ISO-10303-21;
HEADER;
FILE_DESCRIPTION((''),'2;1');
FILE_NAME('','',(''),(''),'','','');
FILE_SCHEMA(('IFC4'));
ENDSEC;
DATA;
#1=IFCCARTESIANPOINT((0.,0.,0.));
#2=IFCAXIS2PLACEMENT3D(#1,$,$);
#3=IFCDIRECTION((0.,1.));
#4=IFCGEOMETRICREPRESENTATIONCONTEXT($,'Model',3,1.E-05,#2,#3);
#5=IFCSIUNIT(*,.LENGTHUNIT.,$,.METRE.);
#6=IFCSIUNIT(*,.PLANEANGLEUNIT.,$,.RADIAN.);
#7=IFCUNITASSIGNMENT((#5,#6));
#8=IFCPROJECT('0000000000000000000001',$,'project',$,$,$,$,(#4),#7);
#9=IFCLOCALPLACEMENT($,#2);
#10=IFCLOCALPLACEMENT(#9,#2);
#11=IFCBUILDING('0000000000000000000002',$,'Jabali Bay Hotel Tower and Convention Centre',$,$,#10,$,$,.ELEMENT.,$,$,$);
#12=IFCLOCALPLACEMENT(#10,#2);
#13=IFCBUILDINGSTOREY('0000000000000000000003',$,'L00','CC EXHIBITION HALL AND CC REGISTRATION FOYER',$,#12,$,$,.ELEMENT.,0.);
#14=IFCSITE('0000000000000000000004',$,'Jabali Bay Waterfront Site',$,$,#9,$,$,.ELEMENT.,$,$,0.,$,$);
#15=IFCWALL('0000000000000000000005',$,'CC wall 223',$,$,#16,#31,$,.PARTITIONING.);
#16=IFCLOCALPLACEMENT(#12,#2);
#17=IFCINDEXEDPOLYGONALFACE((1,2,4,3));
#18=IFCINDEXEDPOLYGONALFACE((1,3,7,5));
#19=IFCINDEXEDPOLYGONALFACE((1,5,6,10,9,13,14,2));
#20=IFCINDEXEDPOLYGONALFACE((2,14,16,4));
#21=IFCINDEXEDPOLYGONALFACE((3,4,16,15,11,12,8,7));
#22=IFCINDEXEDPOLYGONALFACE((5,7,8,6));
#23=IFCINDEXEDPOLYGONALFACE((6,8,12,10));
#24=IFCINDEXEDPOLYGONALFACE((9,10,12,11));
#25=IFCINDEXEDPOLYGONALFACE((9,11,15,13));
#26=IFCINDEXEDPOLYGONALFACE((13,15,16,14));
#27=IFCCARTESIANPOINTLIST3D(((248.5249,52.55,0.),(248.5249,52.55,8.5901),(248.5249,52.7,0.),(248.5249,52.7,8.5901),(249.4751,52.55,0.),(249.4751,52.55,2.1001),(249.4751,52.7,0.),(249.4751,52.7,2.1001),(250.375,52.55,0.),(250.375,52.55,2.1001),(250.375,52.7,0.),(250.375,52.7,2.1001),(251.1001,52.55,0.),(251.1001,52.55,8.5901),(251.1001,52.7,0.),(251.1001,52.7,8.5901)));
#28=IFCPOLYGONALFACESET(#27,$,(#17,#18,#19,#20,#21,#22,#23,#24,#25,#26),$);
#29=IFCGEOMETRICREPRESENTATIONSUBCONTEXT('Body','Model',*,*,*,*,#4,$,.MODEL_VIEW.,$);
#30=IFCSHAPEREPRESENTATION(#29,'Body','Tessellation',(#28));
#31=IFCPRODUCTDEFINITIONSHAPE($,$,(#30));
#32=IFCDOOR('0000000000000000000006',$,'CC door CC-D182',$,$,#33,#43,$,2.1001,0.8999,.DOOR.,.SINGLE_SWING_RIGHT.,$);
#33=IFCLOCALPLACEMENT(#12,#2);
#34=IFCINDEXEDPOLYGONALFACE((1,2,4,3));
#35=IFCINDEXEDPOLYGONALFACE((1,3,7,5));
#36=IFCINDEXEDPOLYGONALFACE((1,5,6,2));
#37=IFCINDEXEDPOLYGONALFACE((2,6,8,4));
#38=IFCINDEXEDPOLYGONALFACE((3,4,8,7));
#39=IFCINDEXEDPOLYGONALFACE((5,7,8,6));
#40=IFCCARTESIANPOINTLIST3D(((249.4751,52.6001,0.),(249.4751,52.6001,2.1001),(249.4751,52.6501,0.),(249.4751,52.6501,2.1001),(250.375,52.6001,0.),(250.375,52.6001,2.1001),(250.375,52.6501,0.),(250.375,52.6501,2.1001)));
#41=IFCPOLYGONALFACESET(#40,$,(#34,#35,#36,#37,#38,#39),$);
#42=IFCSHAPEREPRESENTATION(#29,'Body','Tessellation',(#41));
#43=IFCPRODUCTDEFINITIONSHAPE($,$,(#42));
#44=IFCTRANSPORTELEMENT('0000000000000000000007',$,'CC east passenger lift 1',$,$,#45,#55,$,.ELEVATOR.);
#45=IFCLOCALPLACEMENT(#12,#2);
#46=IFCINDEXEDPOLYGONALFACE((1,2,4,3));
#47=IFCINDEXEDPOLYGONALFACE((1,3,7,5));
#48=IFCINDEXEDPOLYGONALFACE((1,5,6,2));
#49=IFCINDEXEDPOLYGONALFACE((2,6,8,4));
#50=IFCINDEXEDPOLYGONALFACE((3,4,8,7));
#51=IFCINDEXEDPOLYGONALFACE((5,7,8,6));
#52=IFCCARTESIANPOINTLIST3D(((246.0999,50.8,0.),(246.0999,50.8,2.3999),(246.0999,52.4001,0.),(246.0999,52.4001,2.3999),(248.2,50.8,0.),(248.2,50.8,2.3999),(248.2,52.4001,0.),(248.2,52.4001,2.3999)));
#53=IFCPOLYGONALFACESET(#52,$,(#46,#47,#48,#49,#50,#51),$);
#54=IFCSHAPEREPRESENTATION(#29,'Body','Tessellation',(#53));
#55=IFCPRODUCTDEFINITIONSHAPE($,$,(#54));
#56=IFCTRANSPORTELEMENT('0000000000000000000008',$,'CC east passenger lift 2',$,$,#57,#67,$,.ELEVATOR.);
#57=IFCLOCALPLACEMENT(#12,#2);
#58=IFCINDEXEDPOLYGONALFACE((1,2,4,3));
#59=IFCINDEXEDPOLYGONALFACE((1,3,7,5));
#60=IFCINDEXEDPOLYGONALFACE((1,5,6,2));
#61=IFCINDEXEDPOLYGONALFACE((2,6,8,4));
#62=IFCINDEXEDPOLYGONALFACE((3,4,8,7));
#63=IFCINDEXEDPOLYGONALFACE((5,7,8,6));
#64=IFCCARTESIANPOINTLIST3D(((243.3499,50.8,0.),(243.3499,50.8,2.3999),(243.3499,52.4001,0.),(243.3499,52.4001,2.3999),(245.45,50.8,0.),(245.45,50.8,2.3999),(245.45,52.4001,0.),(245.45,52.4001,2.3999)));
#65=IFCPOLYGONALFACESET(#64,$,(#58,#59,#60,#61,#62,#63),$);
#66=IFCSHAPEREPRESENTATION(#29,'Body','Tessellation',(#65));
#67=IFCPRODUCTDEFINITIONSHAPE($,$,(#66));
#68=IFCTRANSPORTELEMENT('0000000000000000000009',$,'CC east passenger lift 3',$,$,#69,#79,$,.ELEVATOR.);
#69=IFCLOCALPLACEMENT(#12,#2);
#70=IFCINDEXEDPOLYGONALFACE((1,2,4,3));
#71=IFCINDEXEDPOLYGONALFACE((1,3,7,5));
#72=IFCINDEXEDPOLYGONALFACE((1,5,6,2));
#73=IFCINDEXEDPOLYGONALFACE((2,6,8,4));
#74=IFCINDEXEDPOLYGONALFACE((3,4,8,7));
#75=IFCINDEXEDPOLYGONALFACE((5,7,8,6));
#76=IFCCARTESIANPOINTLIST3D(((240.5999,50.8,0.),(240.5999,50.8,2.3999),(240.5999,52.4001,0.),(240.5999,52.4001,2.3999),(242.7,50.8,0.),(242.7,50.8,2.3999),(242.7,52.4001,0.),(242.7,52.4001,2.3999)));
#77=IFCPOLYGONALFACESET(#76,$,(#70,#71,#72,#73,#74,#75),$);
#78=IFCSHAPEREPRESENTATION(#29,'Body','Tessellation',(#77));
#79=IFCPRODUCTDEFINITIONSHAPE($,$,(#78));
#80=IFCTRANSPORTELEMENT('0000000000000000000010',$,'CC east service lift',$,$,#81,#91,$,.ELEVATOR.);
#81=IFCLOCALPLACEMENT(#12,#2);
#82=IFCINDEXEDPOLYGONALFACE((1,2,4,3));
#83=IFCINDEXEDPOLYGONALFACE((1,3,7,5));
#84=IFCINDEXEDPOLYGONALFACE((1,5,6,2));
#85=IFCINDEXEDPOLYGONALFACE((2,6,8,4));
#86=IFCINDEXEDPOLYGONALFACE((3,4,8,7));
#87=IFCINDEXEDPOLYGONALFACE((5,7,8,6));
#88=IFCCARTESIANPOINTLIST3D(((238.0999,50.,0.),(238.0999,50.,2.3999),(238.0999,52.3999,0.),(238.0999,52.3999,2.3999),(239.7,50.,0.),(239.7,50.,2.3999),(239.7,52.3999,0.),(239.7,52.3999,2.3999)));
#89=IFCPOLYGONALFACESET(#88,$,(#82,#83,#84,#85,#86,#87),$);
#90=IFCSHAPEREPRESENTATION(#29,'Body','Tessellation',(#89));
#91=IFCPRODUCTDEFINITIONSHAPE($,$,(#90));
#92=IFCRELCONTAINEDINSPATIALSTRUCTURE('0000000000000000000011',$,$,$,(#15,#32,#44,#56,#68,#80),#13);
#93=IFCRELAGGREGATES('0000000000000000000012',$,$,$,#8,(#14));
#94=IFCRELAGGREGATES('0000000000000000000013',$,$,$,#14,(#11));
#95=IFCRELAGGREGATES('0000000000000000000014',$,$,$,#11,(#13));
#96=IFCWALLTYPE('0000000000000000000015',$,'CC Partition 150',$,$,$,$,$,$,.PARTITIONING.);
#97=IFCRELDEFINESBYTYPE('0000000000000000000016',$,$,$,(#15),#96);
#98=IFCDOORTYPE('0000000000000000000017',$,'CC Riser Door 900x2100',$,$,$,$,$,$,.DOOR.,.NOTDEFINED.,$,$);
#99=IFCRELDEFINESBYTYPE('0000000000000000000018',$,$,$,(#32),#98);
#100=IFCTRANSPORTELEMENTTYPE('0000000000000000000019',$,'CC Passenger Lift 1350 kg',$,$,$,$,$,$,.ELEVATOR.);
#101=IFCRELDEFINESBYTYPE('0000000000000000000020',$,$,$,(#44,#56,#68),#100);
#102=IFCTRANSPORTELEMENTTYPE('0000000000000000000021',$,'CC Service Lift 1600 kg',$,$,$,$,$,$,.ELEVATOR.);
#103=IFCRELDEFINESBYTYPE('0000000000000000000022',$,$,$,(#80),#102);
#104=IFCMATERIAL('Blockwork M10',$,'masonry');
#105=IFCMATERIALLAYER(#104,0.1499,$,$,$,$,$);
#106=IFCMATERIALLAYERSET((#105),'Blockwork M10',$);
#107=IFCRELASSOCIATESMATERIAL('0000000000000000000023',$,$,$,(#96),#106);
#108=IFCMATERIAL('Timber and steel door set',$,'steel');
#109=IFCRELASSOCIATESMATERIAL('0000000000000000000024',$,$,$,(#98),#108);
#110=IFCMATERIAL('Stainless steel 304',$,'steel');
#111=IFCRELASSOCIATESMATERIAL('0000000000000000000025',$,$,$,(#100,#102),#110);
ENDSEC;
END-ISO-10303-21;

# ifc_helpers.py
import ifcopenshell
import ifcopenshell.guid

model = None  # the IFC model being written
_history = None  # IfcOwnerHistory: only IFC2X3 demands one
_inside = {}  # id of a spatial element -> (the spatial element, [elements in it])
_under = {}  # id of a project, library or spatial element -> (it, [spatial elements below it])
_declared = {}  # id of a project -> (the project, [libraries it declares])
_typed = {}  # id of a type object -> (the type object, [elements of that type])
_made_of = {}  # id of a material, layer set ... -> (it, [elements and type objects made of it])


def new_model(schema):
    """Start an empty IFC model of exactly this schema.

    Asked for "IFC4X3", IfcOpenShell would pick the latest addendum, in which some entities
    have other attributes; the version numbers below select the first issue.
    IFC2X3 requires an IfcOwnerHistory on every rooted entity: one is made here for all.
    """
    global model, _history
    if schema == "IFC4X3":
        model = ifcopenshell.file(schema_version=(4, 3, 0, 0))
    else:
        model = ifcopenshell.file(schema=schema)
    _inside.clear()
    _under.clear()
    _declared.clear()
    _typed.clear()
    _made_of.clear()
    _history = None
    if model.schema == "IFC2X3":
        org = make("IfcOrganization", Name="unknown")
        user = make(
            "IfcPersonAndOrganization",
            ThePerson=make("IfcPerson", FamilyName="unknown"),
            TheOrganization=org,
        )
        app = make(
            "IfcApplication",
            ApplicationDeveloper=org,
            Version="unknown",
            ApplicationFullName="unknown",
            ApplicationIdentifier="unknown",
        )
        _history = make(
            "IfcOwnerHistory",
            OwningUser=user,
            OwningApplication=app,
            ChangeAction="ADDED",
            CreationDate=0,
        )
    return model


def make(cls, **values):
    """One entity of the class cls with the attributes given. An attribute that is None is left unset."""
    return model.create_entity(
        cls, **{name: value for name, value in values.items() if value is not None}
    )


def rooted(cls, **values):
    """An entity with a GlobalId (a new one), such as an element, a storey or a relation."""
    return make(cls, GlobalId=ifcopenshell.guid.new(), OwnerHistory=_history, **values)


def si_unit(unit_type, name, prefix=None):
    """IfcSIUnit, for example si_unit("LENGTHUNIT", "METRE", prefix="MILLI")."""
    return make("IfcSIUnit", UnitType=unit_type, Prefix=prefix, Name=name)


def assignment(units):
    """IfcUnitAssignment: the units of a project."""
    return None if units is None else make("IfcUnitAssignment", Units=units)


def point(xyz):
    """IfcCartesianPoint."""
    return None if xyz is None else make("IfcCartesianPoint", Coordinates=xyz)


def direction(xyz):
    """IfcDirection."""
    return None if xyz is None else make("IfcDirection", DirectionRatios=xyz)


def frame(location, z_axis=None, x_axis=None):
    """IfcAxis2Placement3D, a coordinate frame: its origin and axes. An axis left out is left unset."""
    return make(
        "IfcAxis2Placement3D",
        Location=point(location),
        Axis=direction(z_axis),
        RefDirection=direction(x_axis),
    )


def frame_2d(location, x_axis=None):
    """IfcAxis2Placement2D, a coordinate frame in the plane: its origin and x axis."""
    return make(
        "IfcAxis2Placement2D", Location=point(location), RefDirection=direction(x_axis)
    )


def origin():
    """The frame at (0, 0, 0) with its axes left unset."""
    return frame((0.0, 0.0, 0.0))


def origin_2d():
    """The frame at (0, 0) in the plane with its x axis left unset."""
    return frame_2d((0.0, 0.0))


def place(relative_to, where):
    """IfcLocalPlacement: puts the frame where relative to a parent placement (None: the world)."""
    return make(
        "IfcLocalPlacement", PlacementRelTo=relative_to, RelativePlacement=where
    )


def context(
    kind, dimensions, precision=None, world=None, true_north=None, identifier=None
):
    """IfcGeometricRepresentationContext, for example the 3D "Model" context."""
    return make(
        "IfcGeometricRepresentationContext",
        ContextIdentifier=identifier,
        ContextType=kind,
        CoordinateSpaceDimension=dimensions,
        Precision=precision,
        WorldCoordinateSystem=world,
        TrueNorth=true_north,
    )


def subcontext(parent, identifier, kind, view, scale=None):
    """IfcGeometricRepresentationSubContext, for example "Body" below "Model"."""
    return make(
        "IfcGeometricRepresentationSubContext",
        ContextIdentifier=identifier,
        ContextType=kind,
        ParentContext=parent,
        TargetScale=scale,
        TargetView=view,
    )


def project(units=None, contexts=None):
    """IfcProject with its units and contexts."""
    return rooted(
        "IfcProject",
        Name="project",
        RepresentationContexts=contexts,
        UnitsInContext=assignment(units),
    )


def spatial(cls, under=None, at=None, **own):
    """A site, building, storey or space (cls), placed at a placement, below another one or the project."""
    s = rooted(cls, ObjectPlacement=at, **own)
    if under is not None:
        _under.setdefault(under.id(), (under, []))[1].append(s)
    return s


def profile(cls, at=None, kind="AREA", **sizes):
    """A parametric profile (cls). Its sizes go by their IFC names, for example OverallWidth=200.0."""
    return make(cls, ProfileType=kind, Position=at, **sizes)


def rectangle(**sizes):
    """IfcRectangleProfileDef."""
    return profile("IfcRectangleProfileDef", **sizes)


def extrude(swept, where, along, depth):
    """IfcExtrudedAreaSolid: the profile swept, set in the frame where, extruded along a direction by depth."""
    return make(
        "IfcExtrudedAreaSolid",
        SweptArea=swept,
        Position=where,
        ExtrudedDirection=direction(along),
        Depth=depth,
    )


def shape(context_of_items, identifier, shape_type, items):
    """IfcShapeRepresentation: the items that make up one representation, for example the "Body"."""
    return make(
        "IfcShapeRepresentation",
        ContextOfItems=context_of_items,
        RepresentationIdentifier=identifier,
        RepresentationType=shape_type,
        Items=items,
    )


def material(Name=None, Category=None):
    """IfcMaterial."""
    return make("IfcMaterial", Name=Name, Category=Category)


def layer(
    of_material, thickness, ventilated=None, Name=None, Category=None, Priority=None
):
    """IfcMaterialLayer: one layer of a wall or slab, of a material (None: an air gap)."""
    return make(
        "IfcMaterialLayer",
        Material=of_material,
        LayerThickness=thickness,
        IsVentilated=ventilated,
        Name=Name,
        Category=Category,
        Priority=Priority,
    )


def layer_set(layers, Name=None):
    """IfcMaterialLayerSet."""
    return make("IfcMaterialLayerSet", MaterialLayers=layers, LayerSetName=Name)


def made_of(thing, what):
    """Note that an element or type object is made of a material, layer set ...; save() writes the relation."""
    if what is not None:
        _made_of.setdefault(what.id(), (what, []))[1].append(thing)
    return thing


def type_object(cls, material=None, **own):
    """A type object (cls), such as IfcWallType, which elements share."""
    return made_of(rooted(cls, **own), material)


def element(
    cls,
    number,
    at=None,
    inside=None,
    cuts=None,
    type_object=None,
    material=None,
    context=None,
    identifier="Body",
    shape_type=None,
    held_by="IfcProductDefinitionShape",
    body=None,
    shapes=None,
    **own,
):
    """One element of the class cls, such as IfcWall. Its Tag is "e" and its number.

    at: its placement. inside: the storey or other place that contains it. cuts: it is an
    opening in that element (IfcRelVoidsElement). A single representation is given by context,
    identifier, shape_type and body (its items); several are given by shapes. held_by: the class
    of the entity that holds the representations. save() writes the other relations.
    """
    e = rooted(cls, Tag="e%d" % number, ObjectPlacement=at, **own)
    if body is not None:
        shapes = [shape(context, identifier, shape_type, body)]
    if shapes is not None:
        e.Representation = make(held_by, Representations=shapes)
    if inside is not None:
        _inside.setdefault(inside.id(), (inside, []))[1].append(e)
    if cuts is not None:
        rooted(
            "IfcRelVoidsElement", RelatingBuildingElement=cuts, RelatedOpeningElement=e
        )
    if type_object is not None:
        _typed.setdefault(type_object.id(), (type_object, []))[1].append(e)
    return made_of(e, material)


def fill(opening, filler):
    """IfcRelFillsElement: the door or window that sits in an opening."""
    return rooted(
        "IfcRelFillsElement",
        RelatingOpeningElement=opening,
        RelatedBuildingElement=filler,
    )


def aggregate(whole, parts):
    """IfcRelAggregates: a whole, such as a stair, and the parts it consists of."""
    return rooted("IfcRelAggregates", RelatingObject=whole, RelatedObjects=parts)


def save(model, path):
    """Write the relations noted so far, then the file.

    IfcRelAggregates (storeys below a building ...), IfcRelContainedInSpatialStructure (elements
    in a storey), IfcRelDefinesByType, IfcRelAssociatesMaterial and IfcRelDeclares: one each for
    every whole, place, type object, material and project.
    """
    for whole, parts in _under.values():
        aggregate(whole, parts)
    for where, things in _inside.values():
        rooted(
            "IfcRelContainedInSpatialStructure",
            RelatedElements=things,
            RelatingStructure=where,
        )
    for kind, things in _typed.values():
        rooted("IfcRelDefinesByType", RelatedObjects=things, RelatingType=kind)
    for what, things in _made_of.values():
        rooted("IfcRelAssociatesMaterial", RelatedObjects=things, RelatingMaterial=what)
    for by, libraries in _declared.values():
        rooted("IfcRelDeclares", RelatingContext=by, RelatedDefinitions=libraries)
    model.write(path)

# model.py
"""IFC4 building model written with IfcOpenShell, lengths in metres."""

from ifc_helpers import new_model, si_unit, direction, frame, frame_2d, origin, origin_2d, place, context, subcontext, project, spatial, rectangle, extrude, material, layer, layer_set, type_object, element, fill, save


model = new_model("IFC4")

# Units and contexts
model_context = context("Model", 3, precision=1e-05, world=origin(), true_north=direction((0.0, 1.0)))
body_context = subcontext(model_context, "Body", "Model", "MODEL_VIEW")
ifc_project = project(units=[si_unit("LENGTHUNIT", "METRE"), si_unit("PLANEANGLEUNIT", "RADIAN")], contexts=[model_context])

# Site, building, storey
site_placement = place(None, origin())
site = spatial("IfcSite", under=ifc_project, at=site_placement, Name="Jabali Bay Waterfront Site", CompositionType="ELEMENT", RefElevation=0.0)
building_placement = place(site_placement, origin())
building = spatial("IfcBuilding", under=site, at=building_placement, Name="Jabali Bay Hotel Tower and Convention Centre", CompositionType="ELEMENT")
storey_placement = place(building_placement, origin())
storey = spatial("IfcBuildingStorey", under=building, at=storey_placement, Name="L00", Description="CC EXHIBITION HALL AND CC REGISTRATION FOYER", CompositionType="ELEMENT", Elevation=0.0)

# Wall, opening, door
ifc_material_1 = material(Name="Blockwork M10", Category="masonry")
ifc_layer = layer(ifc_material_1, 0.1499)
ifc_layer_set = layer_set([ifc_layer], Name="Blockwork M10")
wall_type = type_object("IfcWallType", Name="CC Partition 150", PredefinedType="PARTITIONING", material=ifc_layer_set)
wall_placement = place(storey_placement, frame((251.1001, 52.625, 0.0), z_axis=(0.0, 0.0, 1.0), x_axis=(-1.0, 0.0, 0.0)))
wall = element("IfcWall", 1, at=wall_placement, inside=storey, type_object=wall_type, Name="CC wall 223", PredefinedType="PARTITIONING", context=body_context, shape_type="SweptSolid", body=[
    extrude(rectangle(XDim=2.5752, YDim=0.1499, at=frame_2d((1.2876, 0.0))), origin(), (0.0, 0.0, 1.0), 8.5901),
])
opening_placement = place(wall_placement, frame((0.7251, 0.0, 0.0)))
opening = element("IfcOpeningElement", 2, at=opening_placement, cuts=wall, PredefinedType="OPENING", context=body_context, shape_type="SweptSolid", body=[
    extrude(rectangle(XDim=0.8999, YDim=2.1001, at=frame_2d((0.45, 1.05))), frame((0.0, 0.0854, 0.0), z_axis=(0.0, -1.0, 0.0), x_axis=(1.0, 0.0, 0.0)), (0.0, 0.0, 1.0), 0.1709),
])
ifc_material_2 = material(Name="Timber and steel door set", Category="steel")
door_type = type_object("IfcDoorType", Name="CC Riser Door 900x2100", OperationType="NOTDEFINED", PredefinedType="DOOR", material=ifc_material_2)
door_placement = place(opening_placement, origin())
door = element("IfcDoor", 3, at=door_placement, inside=storey, type_object=door_type, Name="CC door CC-D182", OperationType="SINGLE_SWING_RIGHT", OverallHeight=2.1001, OverallWidth=0.8999, PredefinedType="DOOR", context=body_context, shape_type="SweptSolid", body=[
    extrude(rectangle(XDim=0.8999, YDim=2.1001, at=frame_2d((0.45, 1.05))), frame((0.0, 0.0249, 0.0), z_axis=(0.0, -1.0, 0.0), x_axis=(1.0, 0.0, 0.0)), (0.0, 0.0, 1.0), 0.05),
])
fill(opening, door)

# Transport elements
ifc_material_3 = material(Name="Stainless steel 304", Category="steel")
transport_element_type_1 = type_object("IfcTransportElementType", Name="CC Passenger Lift 1350 kg", PredefinedType="ELEVATOR", material=ifc_material_3)
for number, where, z_axis, x_axis, name in (
    (4, (247.1499, 51.6001, 0.0), (0.0, 0.0, 1.0), (1.0, 0.0, 0.0), "CC east passenger lift 1"),
    (5, (244.3999, 51.6001, 0.0), (0.0, 0.0, 1.0), (1.0, 0.0, 0.0), "CC east passenger lift 2"),
    (6, (241.6499, 51.6001, 0.0), (0.0, 0.0, 1.0), (1.0, 0.0, 0.0), "CC east passenger lift 3"),
):
    element("IfcTransportElement", number, at=place(storey_placement, frame(where, z_axis=z_axis, x_axis=x_axis)), inside=storey, type_object=transport_element_type_1, Name=name, PredefinedType="ELEVATOR", context=body_context, shape_type="SweptSolid", body=[
        extrude(rectangle(XDim=2.1001, YDim=1.6001, at=origin_2d()), origin(), (0.0, 0.0, 1.0), 2.3999),
    ])
transport_element_type_2 = type_object("IfcTransportElementType", Name="CC Service Lift 1600 kg", PredefinedType="ELEVATOR", material=ifc_material_3)
transport_element_placement = place(storey_placement, frame((238.8999, 51.2, 0.0), z_axis=(0.0, 0.0, 1.0), x_axis=(1.0, 0.0, 0.0)))
element("IfcTransportElement", 7, at=transport_element_placement, inside=storey, type_object=transport_element_type_2, Name="CC east service lift", PredefinedType="ELEVATOR", context=body_context, shape_type="SweptSolid", body=[
    extrude(rectangle(XDim=1.6001, YDim=2.3999, at=origin_2d()), origin(), (0.0, 0.0, 1.0), 2.3999),
])

save(model, "model.ifc")
